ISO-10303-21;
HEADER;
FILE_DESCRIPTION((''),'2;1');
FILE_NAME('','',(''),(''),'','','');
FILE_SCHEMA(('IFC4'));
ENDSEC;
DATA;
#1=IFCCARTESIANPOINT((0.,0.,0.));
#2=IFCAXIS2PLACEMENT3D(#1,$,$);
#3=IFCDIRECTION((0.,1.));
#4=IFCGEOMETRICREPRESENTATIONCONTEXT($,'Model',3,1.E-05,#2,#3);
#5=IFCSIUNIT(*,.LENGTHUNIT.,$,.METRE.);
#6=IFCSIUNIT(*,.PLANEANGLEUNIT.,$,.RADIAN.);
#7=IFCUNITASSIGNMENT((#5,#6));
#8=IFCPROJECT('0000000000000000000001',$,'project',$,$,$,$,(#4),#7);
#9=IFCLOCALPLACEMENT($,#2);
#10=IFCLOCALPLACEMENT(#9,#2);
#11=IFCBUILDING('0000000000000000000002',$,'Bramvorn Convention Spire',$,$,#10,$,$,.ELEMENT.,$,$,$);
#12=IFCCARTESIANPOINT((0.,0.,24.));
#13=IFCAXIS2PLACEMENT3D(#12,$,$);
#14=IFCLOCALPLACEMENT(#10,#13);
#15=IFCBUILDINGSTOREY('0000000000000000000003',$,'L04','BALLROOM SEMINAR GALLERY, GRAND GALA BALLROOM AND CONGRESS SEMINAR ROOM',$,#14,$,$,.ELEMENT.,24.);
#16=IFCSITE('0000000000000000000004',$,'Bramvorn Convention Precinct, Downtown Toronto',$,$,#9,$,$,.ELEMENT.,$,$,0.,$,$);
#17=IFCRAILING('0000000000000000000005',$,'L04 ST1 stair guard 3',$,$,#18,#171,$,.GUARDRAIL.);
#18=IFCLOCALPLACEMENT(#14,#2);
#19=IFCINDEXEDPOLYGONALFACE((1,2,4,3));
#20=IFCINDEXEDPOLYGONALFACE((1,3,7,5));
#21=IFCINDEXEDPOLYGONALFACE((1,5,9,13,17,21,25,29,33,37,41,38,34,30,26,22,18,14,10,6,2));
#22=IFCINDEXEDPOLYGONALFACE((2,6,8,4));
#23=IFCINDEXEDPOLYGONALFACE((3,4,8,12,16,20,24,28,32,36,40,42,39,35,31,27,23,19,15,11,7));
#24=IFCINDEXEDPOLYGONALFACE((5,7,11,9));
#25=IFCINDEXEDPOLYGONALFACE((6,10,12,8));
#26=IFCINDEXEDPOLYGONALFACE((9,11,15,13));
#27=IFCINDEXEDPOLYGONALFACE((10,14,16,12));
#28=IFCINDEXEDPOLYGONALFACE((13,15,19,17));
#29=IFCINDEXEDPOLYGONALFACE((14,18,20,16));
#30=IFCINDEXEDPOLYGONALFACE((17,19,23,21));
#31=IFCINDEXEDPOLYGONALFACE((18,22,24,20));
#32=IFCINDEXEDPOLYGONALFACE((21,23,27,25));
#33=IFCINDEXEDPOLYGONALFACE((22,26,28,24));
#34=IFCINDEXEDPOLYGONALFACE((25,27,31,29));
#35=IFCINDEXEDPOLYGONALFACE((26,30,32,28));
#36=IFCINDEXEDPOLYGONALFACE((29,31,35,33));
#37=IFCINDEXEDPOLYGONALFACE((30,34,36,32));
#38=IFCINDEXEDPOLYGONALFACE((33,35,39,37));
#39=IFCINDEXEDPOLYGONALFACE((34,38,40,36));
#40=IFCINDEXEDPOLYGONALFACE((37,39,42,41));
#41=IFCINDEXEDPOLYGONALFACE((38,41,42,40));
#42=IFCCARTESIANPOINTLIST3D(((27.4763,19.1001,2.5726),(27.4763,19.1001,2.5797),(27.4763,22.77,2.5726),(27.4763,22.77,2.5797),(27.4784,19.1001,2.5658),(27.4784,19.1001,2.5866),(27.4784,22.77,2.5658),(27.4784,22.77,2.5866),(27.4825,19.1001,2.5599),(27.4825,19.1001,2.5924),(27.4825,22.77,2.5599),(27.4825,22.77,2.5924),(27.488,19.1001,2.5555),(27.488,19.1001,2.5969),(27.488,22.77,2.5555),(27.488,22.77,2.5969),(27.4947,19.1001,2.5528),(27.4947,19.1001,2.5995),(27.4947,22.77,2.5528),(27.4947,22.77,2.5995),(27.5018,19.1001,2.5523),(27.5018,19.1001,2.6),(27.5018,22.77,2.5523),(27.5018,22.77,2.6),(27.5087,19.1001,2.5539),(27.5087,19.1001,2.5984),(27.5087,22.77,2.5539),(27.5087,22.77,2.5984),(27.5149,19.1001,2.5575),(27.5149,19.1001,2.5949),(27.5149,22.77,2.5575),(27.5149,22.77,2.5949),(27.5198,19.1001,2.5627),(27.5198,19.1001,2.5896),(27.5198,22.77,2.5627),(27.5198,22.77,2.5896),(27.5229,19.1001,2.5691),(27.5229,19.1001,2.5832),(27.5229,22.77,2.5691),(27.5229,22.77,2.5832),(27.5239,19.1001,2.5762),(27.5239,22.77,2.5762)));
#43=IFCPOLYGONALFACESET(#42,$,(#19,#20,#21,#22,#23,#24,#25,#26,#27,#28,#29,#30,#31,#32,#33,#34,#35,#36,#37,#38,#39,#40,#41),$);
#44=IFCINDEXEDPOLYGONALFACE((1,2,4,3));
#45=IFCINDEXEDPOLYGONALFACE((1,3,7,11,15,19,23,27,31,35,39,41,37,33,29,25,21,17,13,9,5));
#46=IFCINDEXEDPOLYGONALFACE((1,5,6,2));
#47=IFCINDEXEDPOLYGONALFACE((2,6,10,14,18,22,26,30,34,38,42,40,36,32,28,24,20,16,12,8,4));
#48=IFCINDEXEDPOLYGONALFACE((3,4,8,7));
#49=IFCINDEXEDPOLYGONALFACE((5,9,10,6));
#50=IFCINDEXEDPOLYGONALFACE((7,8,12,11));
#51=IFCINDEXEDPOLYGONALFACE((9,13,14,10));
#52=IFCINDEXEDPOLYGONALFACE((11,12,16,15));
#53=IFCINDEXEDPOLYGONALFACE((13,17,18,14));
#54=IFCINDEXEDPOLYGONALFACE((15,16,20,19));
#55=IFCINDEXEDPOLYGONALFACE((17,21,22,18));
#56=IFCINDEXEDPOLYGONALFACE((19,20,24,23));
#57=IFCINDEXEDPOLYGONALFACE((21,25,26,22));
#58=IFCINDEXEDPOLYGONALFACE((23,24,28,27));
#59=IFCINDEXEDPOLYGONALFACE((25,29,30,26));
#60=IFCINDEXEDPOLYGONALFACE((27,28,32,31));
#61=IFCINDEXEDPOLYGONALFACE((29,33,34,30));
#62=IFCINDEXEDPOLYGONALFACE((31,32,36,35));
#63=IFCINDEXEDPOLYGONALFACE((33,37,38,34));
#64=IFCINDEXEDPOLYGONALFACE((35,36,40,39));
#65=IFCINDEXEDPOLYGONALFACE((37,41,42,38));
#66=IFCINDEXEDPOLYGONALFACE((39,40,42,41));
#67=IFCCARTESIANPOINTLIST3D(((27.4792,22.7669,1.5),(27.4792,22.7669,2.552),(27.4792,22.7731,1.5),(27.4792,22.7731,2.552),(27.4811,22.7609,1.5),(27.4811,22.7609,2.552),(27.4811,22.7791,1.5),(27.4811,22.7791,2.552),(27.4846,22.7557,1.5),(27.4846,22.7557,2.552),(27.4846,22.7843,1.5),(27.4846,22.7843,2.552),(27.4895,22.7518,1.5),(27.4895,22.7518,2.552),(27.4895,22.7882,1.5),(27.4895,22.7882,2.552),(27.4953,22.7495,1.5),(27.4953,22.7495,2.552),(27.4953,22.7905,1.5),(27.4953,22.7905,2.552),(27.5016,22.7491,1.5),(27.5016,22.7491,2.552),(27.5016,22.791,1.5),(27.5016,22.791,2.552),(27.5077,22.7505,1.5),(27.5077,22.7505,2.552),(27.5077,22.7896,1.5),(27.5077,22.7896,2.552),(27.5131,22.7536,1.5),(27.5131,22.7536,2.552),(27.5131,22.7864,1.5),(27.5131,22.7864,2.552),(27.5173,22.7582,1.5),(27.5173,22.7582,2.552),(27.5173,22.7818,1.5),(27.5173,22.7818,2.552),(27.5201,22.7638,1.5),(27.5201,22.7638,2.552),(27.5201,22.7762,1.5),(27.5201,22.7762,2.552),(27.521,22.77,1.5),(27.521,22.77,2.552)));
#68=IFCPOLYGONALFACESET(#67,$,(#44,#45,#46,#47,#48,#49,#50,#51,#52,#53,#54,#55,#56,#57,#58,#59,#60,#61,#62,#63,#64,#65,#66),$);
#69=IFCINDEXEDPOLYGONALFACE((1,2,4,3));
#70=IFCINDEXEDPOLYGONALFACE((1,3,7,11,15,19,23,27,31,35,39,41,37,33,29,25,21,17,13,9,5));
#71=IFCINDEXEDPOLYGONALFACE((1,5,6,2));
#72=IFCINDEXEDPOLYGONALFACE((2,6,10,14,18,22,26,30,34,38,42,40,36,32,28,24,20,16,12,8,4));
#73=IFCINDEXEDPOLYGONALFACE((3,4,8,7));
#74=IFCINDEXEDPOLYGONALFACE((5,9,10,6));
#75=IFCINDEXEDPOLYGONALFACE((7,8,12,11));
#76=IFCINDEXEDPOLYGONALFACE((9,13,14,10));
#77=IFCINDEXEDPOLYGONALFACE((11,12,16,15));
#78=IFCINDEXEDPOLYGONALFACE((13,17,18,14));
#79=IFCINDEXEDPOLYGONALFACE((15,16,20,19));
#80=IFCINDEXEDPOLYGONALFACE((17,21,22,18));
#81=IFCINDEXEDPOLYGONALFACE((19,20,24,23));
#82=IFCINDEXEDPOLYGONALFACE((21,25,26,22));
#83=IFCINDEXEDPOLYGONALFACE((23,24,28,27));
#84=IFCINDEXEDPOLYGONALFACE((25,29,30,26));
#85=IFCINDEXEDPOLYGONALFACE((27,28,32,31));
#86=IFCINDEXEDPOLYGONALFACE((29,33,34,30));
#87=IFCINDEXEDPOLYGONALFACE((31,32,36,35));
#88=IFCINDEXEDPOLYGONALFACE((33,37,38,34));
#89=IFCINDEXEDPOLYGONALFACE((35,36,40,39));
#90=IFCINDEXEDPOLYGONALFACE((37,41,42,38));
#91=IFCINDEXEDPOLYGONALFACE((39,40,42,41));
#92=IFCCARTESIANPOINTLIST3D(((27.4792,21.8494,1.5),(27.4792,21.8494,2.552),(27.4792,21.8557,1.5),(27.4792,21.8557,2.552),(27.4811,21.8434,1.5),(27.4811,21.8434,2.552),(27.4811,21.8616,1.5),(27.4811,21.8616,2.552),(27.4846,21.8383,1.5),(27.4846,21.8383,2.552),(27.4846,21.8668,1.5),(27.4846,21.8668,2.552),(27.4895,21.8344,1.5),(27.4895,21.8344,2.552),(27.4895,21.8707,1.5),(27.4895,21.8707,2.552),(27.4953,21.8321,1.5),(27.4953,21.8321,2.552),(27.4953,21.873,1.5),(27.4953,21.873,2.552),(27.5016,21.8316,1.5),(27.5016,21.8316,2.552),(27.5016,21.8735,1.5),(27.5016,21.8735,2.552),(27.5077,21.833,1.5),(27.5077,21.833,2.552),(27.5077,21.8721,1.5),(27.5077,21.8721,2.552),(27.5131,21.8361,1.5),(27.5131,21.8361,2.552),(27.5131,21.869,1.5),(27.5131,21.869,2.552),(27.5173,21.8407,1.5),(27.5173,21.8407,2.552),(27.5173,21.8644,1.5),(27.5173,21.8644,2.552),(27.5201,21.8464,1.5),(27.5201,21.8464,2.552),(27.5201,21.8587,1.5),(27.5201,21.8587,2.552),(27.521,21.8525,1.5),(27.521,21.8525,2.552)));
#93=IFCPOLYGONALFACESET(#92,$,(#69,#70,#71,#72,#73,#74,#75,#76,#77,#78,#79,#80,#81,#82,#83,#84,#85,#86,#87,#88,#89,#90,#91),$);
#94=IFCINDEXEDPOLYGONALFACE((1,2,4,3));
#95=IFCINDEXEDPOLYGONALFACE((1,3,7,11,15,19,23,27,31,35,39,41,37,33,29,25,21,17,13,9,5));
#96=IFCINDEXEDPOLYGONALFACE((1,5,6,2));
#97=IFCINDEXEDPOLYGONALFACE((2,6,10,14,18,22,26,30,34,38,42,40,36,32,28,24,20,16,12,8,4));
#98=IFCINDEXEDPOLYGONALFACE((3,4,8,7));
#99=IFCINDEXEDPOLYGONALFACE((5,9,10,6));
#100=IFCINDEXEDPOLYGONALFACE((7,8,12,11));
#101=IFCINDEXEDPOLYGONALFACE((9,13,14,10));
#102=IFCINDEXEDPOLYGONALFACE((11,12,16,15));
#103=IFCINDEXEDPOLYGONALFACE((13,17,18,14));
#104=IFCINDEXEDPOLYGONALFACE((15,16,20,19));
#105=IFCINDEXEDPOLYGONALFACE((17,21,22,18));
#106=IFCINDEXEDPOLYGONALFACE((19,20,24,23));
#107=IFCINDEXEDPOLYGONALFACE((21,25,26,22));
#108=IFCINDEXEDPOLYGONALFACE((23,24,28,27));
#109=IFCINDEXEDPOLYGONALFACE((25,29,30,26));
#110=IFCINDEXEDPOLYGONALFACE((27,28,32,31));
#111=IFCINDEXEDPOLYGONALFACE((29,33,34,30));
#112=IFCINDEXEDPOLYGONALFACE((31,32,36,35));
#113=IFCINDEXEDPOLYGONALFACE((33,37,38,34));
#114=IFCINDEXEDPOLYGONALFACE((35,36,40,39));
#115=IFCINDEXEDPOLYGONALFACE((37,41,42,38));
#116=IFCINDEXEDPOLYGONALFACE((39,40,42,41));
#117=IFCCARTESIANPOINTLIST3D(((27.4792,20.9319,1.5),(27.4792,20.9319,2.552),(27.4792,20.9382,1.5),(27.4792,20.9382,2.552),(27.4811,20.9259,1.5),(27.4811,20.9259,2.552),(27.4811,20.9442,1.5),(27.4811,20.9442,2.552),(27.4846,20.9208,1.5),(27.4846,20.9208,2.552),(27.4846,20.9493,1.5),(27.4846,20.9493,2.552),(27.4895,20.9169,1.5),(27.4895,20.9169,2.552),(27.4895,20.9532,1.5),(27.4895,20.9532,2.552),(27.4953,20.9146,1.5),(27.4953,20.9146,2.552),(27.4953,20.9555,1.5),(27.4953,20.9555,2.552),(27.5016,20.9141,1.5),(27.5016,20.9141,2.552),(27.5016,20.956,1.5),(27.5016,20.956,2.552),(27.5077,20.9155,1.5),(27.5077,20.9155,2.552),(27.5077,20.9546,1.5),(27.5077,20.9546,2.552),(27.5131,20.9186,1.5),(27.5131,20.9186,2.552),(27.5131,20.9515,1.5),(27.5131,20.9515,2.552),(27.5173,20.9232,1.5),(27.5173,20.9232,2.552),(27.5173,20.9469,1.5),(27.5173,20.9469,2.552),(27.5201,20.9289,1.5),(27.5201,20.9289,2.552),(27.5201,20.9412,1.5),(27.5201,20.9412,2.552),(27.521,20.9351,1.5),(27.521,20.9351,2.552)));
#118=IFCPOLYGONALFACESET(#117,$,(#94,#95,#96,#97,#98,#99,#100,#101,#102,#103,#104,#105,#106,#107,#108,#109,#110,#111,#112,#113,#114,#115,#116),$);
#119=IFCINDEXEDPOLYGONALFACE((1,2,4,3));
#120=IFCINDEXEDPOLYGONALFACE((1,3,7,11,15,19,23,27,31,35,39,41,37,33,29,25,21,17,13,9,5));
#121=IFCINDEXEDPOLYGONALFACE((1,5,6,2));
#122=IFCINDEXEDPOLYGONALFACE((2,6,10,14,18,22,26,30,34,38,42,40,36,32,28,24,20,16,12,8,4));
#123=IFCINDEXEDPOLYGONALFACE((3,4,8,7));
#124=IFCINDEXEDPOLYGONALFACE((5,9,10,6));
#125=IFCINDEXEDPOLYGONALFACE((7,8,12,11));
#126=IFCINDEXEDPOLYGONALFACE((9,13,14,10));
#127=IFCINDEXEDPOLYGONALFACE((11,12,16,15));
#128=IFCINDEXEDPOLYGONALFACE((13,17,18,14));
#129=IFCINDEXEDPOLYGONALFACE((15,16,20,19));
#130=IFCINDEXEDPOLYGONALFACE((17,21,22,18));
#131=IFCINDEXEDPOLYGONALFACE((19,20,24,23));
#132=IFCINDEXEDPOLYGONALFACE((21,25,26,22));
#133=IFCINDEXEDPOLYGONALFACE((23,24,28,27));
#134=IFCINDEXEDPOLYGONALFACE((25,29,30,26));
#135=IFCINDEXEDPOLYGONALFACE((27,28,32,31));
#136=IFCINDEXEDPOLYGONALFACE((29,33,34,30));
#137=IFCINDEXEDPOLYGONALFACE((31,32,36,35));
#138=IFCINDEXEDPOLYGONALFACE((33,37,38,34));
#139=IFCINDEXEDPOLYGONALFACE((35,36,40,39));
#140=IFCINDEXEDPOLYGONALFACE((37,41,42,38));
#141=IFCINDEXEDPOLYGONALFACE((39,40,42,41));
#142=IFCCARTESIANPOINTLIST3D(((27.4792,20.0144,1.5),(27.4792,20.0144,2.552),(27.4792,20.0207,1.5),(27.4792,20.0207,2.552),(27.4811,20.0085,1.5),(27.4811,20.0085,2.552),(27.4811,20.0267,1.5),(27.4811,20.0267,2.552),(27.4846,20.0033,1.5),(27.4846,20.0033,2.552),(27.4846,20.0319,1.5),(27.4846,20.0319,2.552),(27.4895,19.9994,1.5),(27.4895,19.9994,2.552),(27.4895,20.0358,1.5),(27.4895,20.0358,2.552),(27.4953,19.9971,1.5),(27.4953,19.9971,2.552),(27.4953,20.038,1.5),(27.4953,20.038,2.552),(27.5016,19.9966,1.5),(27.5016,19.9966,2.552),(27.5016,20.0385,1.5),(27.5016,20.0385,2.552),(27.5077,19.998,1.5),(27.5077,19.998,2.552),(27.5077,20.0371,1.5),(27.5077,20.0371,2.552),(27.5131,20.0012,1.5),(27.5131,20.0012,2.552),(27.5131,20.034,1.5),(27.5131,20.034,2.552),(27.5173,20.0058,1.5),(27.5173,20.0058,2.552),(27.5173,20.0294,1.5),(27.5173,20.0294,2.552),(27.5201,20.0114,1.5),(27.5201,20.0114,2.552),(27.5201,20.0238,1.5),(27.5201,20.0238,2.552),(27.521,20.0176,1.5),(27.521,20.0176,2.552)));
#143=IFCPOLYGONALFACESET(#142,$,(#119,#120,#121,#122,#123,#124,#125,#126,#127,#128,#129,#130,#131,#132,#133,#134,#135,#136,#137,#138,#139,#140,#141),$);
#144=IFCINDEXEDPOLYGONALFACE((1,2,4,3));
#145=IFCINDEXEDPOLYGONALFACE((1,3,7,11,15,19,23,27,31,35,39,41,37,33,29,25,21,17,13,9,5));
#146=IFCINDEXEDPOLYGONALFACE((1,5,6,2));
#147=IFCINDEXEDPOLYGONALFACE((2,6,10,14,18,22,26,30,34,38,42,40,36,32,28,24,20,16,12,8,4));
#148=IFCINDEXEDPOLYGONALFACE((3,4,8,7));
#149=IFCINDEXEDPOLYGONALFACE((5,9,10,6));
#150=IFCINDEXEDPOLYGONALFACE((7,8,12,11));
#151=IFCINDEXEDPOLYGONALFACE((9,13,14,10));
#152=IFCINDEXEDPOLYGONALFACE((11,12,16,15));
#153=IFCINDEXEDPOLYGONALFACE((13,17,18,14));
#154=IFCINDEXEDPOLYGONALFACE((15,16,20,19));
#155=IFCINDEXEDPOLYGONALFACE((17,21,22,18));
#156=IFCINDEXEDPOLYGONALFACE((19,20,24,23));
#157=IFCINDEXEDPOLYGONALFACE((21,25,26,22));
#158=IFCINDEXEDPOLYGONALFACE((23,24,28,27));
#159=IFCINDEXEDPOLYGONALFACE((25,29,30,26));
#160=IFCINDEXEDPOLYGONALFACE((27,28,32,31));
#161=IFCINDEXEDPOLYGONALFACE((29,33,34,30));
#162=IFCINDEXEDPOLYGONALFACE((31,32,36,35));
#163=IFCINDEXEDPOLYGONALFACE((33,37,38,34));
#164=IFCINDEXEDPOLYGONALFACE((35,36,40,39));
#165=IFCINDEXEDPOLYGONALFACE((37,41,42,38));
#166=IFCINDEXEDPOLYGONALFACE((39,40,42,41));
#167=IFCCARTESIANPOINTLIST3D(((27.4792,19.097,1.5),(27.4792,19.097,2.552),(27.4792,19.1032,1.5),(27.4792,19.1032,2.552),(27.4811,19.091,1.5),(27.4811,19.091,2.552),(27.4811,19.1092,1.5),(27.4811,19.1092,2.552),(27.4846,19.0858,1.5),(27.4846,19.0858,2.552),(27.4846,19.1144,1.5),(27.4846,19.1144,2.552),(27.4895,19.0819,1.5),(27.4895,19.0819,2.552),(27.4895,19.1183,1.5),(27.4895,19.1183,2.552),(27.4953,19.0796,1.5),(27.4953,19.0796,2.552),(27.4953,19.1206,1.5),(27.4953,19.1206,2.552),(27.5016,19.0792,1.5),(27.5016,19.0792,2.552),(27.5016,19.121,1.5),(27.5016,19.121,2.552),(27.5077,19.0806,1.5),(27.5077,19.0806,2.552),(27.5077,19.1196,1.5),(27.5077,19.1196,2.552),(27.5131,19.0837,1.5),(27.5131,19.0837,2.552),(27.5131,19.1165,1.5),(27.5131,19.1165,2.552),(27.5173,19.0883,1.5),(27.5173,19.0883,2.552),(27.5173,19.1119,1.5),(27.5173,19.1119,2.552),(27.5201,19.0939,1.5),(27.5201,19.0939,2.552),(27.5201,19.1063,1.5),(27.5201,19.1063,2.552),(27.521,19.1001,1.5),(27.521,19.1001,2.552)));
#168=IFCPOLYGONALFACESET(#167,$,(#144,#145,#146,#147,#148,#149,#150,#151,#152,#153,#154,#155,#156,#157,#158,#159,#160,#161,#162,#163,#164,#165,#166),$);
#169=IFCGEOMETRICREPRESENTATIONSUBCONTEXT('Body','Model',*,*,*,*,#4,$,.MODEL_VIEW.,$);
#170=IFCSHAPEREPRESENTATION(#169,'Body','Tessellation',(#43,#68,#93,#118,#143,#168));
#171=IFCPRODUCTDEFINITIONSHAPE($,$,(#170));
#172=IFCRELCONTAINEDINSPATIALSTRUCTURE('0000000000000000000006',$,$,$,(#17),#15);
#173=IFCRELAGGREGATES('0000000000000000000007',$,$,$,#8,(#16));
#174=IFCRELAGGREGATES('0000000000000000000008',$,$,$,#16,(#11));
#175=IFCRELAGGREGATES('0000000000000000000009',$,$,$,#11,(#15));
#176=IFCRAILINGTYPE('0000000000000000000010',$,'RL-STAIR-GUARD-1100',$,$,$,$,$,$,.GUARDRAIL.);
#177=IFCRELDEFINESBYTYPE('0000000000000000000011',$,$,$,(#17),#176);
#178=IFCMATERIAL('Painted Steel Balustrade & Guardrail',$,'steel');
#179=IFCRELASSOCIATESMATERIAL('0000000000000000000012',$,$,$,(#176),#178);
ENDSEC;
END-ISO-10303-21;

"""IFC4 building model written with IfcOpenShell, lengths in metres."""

from ifc_helpers import new_model, si_unit, direction, frame, origin, origin_2d, place, context, subcontext, project, spatial, circle, extrude, material, type_object, element, save


model = new_model("IFC4")

# Units and contexts
model_context = context("Model", 3, precision=1e-05, world=origin(), true_north=direction((0.0, 1.0)))
body_context = subcontext(model_context, "Body", "Model", "MODEL_VIEW")
ifc_project = project(units=[si_unit("LENGTHUNIT", "METRE"), si_unit("PLANEANGLEUNIT", "RADIAN")], contexts=[model_context])

# Site, building, storey
site_placement = place(None, origin())
site = spatial("IfcSite", under=ifc_project, at=site_placement, Name="Bramvorn Convention Precinct, Downtown Toronto", CompositionType="ELEMENT", RefElevation=0.0)
building_placement = place(site_placement, origin())
building = spatial("IfcBuilding", under=site, at=building_placement, Name="Bramvorn Convention Spire", CompositionType="ELEMENT")
storey_placement = place(building_placement, frame((0.0, 0.0, 24.0)))
storey = spatial("IfcBuildingStorey", under=building, at=storey_placement, Name="L04", Description="BALLROOM SEMINAR GALLERY, GRAND GALA BALLROOM AND CONGRESS SEMINAR ROOM", CompositionType="ELEMENT", Elevation=24.0)

# Railing
ifc_material_1 = material(Name="Painted Steel Balustrade & Guardrail", Category="steel")
railing_type = type_object("IfcRailingType", Name="RL-STAIR-GUARD-1100", PredefinedType="GUARDRAIL", material=ifc_material_1)
for number, where, name in (
    (1, (27.5, 22.77, 1.5), "L04 ST1 stair guard 3"),
):
    element("IfcRailing", number, at=place(storey_placement, frame(where)), inside=storey, type_object=railing_type, Name=name, PredefinedType="GUARDRAIL", context=body_context, shape_type="SweptSolid", body=[
        extrude(circle(Radius=0.0239, at=origin_2d()), frame((0.0, 0.0, 1.0762), z_axis=(0.0, -1.0, 0.0), x_axis=(1.0, 0.0, 0.0)), (0.0, 0.0, 1.0), 3.6699),
        extrude(circle(Radius=0.021, at=origin_2d()), origin(), (0.0, 0.0, 1.0), 1.052),
        extrude(circle(Radius=0.021, at=origin_2d()), frame((0.0, -0.9175, 0.0)), (0.0, 0.0, 1.0), 1.052),
        extrude(circle(Radius=0.021, at=origin_2d()), frame((0.0, -1.835, 0.0)), (0.0, 0.0, 1.0), 1.052),
        extrude(circle(Radius=0.021, at=origin_2d()), frame((0.0, -2.7524, 0.0)), (0.0, 0.0, 1.0), 1.052),
        extrude(circle(Radius=0.021, at=origin_2d()), frame((0.0, -3.6699, 0.0)), (0.0, 0.0, 1.0), 1.052),
    ])

save(model, "model.ifc")
